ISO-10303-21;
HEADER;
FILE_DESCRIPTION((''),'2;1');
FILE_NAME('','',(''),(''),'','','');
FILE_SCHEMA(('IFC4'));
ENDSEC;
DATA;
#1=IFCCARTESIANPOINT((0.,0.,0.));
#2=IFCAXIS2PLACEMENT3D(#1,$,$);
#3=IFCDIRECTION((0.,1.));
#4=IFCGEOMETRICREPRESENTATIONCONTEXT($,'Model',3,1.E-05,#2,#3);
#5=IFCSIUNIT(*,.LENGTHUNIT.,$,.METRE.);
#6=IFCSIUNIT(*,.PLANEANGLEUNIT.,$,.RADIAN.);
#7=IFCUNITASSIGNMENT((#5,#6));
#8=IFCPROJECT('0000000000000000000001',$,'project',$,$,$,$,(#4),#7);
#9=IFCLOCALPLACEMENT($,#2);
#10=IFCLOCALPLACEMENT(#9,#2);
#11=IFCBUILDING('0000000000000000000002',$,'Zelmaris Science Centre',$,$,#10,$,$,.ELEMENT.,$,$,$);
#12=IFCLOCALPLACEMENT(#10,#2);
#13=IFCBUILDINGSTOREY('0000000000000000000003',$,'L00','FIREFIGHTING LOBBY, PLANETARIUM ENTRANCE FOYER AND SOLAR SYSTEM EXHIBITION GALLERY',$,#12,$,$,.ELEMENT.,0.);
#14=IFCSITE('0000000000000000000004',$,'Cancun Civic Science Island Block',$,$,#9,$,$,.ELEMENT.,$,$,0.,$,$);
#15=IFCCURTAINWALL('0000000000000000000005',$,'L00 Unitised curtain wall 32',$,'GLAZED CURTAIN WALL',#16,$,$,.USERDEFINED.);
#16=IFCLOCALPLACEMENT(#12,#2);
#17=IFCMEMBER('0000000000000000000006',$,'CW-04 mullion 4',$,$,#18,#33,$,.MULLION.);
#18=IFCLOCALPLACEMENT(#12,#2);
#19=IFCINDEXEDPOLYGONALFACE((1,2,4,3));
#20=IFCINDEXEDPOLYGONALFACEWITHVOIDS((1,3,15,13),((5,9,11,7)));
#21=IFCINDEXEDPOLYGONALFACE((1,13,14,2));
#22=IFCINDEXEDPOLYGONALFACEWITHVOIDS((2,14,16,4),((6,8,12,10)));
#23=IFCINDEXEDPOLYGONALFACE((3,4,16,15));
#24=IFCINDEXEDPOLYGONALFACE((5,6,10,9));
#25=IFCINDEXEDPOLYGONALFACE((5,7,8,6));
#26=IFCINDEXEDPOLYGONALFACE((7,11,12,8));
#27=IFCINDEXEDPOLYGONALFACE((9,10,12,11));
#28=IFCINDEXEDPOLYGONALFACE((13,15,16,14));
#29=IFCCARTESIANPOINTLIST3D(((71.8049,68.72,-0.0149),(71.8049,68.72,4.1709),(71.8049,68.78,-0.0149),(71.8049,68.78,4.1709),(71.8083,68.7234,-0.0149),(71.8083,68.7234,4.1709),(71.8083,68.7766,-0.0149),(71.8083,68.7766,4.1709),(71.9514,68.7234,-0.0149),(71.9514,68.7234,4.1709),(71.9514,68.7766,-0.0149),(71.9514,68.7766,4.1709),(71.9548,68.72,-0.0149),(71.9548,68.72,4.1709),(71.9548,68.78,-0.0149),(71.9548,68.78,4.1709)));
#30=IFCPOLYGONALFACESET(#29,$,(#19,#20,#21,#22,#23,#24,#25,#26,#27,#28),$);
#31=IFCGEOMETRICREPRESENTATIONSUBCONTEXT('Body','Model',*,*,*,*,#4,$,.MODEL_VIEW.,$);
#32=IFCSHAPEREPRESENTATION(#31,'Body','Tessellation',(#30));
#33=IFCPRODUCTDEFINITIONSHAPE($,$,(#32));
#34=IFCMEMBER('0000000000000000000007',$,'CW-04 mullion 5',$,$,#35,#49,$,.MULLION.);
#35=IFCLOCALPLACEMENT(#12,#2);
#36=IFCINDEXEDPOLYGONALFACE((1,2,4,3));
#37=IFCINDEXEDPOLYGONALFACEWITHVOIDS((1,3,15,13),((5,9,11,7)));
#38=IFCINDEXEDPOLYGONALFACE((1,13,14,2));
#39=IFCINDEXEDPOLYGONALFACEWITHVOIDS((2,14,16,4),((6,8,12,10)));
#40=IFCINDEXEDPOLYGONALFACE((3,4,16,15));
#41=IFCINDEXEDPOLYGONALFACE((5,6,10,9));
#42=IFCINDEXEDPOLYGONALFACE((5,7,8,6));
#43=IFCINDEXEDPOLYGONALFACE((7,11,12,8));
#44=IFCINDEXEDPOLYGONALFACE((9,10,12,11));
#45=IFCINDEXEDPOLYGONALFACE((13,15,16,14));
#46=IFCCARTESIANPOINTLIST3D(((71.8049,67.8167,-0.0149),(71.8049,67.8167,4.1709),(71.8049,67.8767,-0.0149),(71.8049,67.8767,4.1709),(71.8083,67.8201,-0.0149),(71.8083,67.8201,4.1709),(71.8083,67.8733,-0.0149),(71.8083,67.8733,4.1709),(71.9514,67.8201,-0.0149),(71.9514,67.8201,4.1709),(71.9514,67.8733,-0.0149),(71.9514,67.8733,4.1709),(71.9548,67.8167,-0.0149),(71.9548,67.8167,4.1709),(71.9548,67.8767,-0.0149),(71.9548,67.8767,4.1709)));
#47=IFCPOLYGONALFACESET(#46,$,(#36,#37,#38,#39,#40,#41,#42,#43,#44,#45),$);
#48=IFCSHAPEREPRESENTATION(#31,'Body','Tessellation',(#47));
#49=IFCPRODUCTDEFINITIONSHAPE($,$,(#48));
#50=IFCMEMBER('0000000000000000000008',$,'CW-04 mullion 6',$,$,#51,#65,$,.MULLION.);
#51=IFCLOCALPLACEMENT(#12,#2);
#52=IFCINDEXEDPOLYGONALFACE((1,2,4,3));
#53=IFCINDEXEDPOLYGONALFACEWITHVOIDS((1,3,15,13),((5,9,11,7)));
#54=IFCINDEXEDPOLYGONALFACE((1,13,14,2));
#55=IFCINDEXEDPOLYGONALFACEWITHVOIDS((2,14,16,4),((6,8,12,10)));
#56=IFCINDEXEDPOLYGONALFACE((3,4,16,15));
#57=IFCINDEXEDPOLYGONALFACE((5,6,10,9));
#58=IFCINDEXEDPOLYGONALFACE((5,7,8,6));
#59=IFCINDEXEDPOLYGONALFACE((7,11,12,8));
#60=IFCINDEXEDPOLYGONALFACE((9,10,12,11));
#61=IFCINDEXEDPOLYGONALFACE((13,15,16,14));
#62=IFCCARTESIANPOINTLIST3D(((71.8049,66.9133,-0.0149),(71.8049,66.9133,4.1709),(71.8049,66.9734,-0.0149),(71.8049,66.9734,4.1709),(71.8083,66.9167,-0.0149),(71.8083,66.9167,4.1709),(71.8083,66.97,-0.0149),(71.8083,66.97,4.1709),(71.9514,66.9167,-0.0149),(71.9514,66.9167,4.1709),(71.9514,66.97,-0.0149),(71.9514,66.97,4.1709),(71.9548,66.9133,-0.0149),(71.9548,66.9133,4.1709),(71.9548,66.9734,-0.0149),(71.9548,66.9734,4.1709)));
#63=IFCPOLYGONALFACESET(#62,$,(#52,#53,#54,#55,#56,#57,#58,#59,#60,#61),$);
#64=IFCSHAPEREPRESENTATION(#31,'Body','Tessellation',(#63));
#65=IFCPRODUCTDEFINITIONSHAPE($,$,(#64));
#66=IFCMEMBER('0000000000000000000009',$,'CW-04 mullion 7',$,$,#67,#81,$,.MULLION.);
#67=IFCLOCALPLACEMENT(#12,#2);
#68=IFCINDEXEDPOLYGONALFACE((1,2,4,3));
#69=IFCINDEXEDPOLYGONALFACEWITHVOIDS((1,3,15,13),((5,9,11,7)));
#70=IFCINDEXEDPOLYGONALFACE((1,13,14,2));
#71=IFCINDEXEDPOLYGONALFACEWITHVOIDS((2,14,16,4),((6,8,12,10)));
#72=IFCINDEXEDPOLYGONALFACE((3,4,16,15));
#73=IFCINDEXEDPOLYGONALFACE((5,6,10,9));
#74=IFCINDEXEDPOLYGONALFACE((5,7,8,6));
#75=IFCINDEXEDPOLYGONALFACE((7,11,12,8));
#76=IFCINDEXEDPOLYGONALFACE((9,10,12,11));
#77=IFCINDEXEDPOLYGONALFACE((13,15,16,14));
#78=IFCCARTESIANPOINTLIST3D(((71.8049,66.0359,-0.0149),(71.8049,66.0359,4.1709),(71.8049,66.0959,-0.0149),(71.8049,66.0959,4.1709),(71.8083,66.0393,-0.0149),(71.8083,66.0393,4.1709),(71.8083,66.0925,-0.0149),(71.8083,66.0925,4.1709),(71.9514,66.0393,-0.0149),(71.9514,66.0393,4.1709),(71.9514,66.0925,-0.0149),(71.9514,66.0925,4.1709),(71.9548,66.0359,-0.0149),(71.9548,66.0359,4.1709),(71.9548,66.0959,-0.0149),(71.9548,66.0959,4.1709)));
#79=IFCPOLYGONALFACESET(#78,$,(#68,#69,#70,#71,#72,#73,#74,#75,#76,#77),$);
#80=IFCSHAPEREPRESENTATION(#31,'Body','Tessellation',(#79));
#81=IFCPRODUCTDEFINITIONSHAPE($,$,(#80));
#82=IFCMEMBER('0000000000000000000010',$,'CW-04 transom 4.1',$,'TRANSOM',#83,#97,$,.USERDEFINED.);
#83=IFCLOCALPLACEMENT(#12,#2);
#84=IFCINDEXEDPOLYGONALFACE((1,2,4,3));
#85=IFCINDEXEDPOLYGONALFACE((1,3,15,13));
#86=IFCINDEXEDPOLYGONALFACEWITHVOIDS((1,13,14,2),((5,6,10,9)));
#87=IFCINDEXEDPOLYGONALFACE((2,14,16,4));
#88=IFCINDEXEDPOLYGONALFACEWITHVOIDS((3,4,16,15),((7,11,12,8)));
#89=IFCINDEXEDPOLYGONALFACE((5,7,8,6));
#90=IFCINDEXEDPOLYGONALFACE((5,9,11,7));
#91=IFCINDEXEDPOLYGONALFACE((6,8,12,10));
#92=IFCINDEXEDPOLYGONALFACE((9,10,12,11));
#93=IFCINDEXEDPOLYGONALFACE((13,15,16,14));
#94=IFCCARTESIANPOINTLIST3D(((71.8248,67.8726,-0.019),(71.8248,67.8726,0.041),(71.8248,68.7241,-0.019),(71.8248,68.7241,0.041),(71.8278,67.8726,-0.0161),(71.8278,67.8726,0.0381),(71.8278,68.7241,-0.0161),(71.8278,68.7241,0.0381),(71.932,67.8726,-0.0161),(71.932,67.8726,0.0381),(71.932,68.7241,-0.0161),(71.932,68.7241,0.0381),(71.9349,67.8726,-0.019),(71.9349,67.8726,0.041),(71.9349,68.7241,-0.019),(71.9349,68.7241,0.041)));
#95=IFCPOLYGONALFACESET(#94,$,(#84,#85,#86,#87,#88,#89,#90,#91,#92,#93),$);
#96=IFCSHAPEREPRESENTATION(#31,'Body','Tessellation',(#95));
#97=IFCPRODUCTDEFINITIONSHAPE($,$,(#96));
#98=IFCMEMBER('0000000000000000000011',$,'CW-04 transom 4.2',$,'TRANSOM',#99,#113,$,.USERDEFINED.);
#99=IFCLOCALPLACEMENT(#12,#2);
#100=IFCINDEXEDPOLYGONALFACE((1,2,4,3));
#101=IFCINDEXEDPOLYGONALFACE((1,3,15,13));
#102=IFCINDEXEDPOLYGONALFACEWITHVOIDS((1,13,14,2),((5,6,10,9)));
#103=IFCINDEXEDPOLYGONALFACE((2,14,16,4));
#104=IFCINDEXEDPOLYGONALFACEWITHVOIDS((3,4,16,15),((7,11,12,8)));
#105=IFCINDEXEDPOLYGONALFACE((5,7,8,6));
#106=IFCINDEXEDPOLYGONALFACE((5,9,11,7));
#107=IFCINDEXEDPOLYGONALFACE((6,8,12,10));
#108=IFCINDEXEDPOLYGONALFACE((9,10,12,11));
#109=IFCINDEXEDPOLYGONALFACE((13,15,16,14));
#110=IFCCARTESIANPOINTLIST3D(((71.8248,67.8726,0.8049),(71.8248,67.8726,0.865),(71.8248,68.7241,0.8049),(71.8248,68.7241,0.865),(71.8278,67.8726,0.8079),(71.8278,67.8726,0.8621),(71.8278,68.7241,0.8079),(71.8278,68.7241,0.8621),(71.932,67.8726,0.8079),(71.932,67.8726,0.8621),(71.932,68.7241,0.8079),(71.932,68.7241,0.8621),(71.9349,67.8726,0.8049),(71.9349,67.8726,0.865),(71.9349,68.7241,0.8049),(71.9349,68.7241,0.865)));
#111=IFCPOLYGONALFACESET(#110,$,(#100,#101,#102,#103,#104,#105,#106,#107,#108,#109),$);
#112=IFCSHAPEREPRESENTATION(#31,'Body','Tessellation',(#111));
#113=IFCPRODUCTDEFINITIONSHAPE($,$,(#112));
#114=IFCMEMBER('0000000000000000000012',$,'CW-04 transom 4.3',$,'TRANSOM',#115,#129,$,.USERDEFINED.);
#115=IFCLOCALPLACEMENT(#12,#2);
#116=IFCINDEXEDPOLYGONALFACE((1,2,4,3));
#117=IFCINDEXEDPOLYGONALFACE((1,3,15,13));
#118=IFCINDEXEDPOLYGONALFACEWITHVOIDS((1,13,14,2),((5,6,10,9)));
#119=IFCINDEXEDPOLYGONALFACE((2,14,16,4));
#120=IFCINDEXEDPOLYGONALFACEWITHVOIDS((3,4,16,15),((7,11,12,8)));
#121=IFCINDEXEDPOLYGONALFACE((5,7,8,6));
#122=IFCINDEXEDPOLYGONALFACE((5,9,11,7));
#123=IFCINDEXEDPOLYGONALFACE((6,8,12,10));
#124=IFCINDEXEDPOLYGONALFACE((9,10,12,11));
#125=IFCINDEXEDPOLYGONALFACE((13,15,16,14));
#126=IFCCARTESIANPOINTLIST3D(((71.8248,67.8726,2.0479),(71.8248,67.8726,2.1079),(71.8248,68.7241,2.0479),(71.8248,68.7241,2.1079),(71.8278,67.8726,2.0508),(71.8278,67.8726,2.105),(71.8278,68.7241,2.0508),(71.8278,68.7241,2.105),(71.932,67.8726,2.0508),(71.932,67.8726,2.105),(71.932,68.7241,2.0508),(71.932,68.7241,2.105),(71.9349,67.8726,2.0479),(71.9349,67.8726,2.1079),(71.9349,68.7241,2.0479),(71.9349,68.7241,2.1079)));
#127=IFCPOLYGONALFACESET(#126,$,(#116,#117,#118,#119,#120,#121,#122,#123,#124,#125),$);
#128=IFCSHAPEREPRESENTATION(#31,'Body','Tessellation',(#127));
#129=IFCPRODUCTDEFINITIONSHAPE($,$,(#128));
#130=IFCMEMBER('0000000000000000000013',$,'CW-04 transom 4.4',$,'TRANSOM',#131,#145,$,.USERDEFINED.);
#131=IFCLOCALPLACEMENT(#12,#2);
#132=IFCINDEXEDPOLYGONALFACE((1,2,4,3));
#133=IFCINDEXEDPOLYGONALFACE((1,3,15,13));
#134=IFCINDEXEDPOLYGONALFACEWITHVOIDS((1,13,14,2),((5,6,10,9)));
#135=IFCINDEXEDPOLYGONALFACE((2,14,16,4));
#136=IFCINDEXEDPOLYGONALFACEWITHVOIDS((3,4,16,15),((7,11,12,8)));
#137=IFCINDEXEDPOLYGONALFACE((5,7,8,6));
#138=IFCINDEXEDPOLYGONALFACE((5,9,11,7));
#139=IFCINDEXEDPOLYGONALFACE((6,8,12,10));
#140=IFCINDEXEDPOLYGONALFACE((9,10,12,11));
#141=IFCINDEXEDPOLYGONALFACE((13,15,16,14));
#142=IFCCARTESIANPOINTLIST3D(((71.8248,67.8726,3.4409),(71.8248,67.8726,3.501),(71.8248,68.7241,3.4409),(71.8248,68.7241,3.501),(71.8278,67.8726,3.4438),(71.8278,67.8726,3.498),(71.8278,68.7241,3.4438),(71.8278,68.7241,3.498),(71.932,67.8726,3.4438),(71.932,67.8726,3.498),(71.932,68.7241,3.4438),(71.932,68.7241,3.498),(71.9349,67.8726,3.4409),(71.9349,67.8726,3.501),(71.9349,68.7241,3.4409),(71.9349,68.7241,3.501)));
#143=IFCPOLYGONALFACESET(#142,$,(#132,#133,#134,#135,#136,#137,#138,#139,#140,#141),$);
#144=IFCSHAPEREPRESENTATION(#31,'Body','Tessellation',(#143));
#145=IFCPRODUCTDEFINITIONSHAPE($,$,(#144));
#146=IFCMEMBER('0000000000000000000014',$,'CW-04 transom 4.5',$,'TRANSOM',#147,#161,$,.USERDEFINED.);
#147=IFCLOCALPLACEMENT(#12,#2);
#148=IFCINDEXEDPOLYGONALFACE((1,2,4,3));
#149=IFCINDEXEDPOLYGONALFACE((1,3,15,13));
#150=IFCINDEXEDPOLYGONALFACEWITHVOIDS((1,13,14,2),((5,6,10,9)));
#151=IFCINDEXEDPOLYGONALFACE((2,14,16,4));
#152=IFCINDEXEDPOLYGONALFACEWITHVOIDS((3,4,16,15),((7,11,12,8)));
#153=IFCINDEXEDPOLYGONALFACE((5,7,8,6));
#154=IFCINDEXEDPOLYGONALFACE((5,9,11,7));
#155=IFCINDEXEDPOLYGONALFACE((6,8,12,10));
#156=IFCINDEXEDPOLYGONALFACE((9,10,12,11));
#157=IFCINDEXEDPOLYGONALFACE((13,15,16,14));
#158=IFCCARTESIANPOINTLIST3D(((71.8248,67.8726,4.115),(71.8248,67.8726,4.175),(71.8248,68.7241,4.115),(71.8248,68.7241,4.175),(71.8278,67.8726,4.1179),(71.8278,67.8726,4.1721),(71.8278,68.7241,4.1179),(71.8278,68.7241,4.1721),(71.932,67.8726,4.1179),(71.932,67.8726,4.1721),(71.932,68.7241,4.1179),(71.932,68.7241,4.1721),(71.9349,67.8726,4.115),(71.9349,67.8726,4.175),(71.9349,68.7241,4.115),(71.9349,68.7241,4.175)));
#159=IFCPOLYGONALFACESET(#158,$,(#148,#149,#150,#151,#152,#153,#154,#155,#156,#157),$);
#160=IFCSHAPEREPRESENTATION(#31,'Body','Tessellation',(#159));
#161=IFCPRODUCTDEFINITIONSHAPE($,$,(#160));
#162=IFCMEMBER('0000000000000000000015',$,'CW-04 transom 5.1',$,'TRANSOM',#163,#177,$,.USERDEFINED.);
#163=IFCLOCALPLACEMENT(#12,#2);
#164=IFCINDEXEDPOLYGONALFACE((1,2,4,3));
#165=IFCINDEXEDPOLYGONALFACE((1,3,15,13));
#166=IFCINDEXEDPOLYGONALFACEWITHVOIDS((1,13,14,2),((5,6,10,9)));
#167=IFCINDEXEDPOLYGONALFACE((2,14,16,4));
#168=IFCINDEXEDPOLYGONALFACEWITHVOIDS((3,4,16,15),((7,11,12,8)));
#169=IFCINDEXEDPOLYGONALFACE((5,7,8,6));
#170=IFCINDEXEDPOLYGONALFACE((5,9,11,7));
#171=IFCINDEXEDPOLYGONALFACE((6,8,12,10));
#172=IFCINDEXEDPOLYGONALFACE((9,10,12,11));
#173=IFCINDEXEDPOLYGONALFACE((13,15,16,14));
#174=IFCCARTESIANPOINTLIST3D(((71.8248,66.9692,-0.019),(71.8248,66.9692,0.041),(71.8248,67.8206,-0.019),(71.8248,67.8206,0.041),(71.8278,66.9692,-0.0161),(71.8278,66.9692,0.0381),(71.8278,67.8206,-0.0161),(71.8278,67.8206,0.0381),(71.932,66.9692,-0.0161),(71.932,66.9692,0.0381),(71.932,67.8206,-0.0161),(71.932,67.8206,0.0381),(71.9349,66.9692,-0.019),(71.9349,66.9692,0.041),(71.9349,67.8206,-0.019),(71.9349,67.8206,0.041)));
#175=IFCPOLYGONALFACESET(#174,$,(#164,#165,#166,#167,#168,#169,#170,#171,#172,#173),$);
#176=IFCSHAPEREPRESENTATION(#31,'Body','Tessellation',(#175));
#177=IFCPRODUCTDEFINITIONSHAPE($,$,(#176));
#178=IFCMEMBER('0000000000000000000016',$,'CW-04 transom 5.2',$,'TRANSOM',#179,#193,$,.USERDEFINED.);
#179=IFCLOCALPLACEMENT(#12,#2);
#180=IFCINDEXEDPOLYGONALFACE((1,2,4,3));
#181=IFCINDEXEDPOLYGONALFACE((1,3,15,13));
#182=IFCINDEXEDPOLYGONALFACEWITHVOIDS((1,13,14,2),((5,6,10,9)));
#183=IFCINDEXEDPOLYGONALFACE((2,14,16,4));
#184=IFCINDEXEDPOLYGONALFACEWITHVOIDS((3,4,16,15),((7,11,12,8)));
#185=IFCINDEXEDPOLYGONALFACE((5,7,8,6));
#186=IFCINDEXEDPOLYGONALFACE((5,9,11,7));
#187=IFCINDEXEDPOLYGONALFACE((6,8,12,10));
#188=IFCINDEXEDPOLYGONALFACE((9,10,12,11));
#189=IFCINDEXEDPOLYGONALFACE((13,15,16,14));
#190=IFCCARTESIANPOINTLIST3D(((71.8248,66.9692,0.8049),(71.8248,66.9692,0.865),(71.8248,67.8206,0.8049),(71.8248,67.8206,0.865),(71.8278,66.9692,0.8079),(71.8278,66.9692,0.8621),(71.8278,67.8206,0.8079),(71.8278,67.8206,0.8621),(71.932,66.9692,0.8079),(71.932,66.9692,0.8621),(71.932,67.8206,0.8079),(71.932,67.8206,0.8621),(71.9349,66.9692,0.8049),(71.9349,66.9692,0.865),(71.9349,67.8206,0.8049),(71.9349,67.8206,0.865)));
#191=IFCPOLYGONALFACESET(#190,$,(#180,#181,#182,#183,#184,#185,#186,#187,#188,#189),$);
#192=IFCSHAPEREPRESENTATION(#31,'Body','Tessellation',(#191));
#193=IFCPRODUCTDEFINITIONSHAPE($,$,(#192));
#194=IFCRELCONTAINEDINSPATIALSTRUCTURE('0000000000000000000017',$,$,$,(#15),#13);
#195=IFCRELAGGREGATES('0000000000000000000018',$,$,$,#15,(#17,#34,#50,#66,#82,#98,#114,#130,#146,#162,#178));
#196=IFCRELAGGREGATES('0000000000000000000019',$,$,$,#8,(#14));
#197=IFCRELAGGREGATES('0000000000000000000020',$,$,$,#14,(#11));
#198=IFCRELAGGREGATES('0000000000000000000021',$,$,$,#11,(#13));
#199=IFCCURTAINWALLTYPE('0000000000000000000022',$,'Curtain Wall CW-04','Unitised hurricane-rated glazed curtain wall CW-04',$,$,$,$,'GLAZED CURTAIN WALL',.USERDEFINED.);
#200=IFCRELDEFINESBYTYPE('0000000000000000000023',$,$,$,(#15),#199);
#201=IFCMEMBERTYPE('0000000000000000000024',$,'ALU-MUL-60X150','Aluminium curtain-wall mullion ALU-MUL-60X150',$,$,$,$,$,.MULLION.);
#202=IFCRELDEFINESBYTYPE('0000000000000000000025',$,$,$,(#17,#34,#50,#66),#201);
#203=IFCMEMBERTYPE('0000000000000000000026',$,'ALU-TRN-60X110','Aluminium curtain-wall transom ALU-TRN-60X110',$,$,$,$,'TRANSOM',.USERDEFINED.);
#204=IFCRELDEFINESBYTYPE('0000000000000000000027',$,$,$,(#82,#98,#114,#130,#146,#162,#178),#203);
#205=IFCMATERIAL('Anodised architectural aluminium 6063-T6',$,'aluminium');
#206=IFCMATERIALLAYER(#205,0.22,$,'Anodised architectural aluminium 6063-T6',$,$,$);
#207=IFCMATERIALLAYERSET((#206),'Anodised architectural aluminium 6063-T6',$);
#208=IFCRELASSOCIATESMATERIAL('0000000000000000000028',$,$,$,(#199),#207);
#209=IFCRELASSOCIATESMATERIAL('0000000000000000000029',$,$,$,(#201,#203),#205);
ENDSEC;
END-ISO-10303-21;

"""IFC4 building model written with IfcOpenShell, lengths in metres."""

from ifc_helpers import new_model, si_unit, direction, frame, origin, origin_2d, place, context, subcontext, project, spatial, hollow_rectangle, extrude, material, layer, layer_set, material_profile, profile_set, type_object, element, aggregate, save


model = new_model("IFC4")

# Units and contexts
model_context = context("Model", 3, precision=1e-05, world=origin(), true_north=direction((0.0, 1.0)))
body_context = subcontext(model_context, "Body", "Model", "MODEL_VIEW")
ifc_project = project(units=[si_unit("LENGTHUNIT", "METRE"), si_unit("PLANEANGLEUNIT", "RADIAN")], contexts=[model_context])

# Site, building, storey
site_placement = place(None, origin())
site = spatial("IfcSite", under=ifc_project, at=site_placement, Name="Cancun Civic Science Island Block", CompositionType="ELEMENT", RefElevation=0.0)
building_placement = place(site_placement, origin())
building = spatial("IfcBuilding", under=site, at=building_placement, Name="Zelmaris Science Centre", CompositionType="ELEMENT")
storey_placement = place(building_placement, origin())
storey = spatial("IfcBuildingStorey", under=building, at=storey_placement, Name="L00", Description="FIREFIGHTING LOBBY, PLANETARIUM ENTRANCE FOYER AND SOLAR SYSTEM EXHIBITION GALLERY", CompositionType="ELEMENT", Elevation=0.0)

# Curtain wall, members
ifc_material_1 = material(Name="Anodised architectural aluminium 6063-T6", Category="aluminium")
ifc_layer_1 = layer(ifc_material_1, 0.22, Name="Anodised architectural aluminium 6063-T6")
ifc_layer_set_1 = layer_set([ifc_layer_1], Name="Anodised architectural aluminium 6063-T6")
curtain_wall_type = type_object("IfcCurtainWallType", Name="Curtain Wall CW-04", Description="Unitised hurricane-rated glazed curtain wall CW-04", ElementType="GLAZED CURTAIN WALL", PredefinedType="USERDEFINED", material=ifc_layer_set_1)
curtain_wall_placement = place(storey_placement, origin())
curtain_wall = element("IfcCurtainWall", 1, at=curtain_wall_placement, inside=storey, type_object=curtain_wall_type, Name="L00 Unitised curtain wall 32", ObjectType="GLAZED CURTAIN WALL", PredefinedType="USERDEFINED")
ifc_material_profile_1 = material_profile(ifc_material_1, hollow_rectangle(XDim=0.0601, YDim=0.1499, WallThickness=0.0034, at=origin_2d()), Name="ALU-MUL-60X150")
ifc_profile_set_1 = profile_set([ifc_material_profile_1], Name="Anodised architectural aluminium 6063-T6")
member_type_1 = type_object("IfcMemberType", Name="ALU-MUL-60X150", Description="Aluminium curtain-wall mullion ALU-MUL-60X150", PredefinedType="MULLION", material=ifc_profile_set_1)
member_1_placement = place(storey_placement, frame((71.8799, 68.75, -0.0149), z_axis=(0.0, 0.0, 1.0), x_axis=(0.0, -1.0, 0.0)))
member_1 = element("IfcMember", 2, at=member_1_placement, type_object=member_type_1, Name="CW-04 mullion 4", PredefinedType="MULLION", context=body_context, shape_type="SweptSolid", body=[
    extrude(hollow_rectangle(XDim=0.0601, YDim=0.1499, WallThickness=0.0034, at=origin_2d()), origin(), (0.0, 0.0, 1.0), 4.1858),
])
member_2_placement = place(storey_placement, frame((71.8799, 67.8467, -0.0149), z_axis=(0.0, 0.0, 1.0), x_axis=(0.0, -1.0, 0.0)))
member_2 = element("IfcMember", 3, at=member_2_placement, type_object=member_type_1, Name="CW-04 mullion 5", PredefinedType="MULLION", context=body_context, shape_type="SweptSolid", body=[
    extrude(hollow_rectangle(XDim=0.0601, YDim=0.1499, WallThickness=0.0034, at=origin_2d()), origin(), (0.0, 0.0, 1.0), 4.1858),
])
member_3_placement = place(storey_placement, frame((71.8799, 66.9434, -0.0149), z_axis=(0.0, 0.0, 1.0), x_axis=(0.0, -1.0, 0.0)))
member_3 = element("IfcMember", 4, at=member_3_placement, type_object=member_type_1, Name="CW-04 mullion 6", PredefinedType="MULLION", context=body_context, shape_type="SweptSolid", body=[
    extrude(hollow_rectangle(XDim=0.0601, YDim=0.1499, WallThickness=0.0034, at=origin_2d()), origin(), (0.0, 0.0, 1.0), 4.1858),
])
member_4_placement = place(storey_placement, frame((71.8799, 66.0659, -0.0149), z_axis=(0.0, 0.0, 1.0), x_axis=(0.0, -1.0, 0.0)))
member_4 = element("IfcMember", 5, at=member_4_placement, type_object=member_type_1, Name="CW-04 mullion 7", PredefinedType="MULLION", context=body_context, shape_type="SweptSolid", body=[
    extrude(hollow_rectangle(XDim=0.0601, YDim=0.1499, WallThickness=0.0034, at=origin_2d()), origin(), (0.0, 0.0, 1.0), 4.1858),
])
ifc_material_profile_2 = material_profile(ifc_material_1, hollow_rectangle(XDim=0.0601, YDim=0.1101, WallThickness=0.0029, at=origin_2d()), Name="ALU-TRN-60X110")
ifc_profile_set_2 = profile_set([ifc_material_profile_2], Name="Anodised architectural aluminium 6063-T6")
member_type_2 = type_object("IfcMemberType", Name="ALU-TRN-60X110", Description="Aluminium curtain-wall transom ALU-TRN-60X110", ElementType="TRANSOM", PredefinedType="USERDEFINED", material=ifc_profile_set_2)
member_5_placement = place(storey_placement, frame((71.8799, 68.7241, 0.011), z_axis=(0.0, -1.0, 0.0), x_axis=(0.0, 0.0, 1.0)))
member_5 = element("IfcMember", 6, at=member_5_placement, type_object=member_type_2, Name="CW-04 transom 4.1", ObjectType="TRANSOM", PredefinedType="USERDEFINED", context=body_context, shape_type="SweptSolid", body=[
    extrude(hollow_rectangle(XDim=0.0601, YDim=0.1101, WallThickness=0.0029, at=origin_2d()), origin(), (0.0, 0.0, 1.0), 0.8516),
])
member_6_placement = place(storey_placement, frame((71.8799, 68.7241, 0.835), z_axis=(0.0, -1.0, 0.0), x_axis=(0.0, 0.0, 1.0)))
member_6 = element("IfcMember", 7, at=member_6_placement, type_object=member_type_2, Name="CW-04 transom 4.2", ObjectType="TRANSOM", PredefinedType="USERDEFINED", context=body_context, shape_type="SweptSolid", body=[
    extrude(hollow_rectangle(XDim=0.0601, YDim=0.1101, WallThickness=0.0029, at=origin_2d()), origin(), (0.0, 0.0, 1.0), 0.8516),
])
member_7_placement = place(storey_placement, frame((71.8799, 68.7241, 2.0779), z_axis=(0.0, -1.0, 0.0), x_axis=(0.0, 0.0, 1.0)))
member_7 = element("IfcMember", 8, at=member_7_placement, type_object=member_type_2, Name="CW-04 transom 4.3", ObjectType="TRANSOM", PredefinedType="USERDEFINED", context=body_context, shape_type="SweptSolid", body=[
    extrude(hollow_rectangle(XDim=0.0601, YDim=0.1101, WallThickness=0.0029, at=origin_2d()), origin(), (0.0, 0.0, 1.0), 0.8516),
])
member_8_placement = place(storey_placement, frame((71.8799, 68.7241, 3.4709), z_axis=(0.0, -1.0, 0.0), x_axis=(0.0, 0.0, 1.0)))
member_8 = element("IfcMember", 9, at=member_8_placement, type_object=member_type_2, Name="CW-04 transom 4.4", ObjectType="TRANSOM", PredefinedType="USERDEFINED", context=body_context, shape_type="SweptSolid", body=[
    extrude(hollow_rectangle(XDim=0.0601, YDim=0.1101, WallThickness=0.0029, at=origin_2d()), origin(), (0.0, 0.0, 1.0), 0.8516),
])
member_9_placement = place(storey_placement, frame((71.8799, 68.7241, 4.145), z_axis=(0.0, -1.0, 0.0), x_axis=(0.0, 0.0, 1.0)))
member_9 = element("IfcMember", 10, at=member_9_placement, type_object=member_type_2, Name="CW-04 transom 4.5", ObjectType="TRANSOM", PredefinedType="USERDEFINED", context=body_context, shape_type="SweptSolid", body=[
    extrude(hollow_rectangle(XDim=0.0601, YDim=0.1101, WallThickness=0.0029, at=origin_2d()), origin(), (0.0, 0.0, 1.0), 0.8516),
])
member_10_placement = place(storey_placement, frame((71.8799, 67.8206, 0.011), z_axis=(0.0, -1.0, 0.0), x_axis=(0.0, 0.0, 1.0)))
member_10 = element("IfcMember", 11, at=member_10_placement, type_object=member_type_2, Name="CW-04 transom 5.1", ObjectType="TRANSOM", PredefinedType="USERDEFINED", context=body_context, shape_type="SweptSolid", body=[
    extrude(hollow_rectangle(XDim=0.0601, YDim=0.1101, WallThickness=0.0029, at=origin_2d()), origin(), (0.0, 0.0, 1.0), 0.8513),
])
member_11_placement = place(storey_placement, frame((71.8799, 67.8206, 0.835), z_axis=(0.0, -1.0, 0.0), x_axis=(0.0, 0.0, 1.0)))
member_11 = element("IfcMember", 12, at=member_11_placement, type_object=member_type_2, Name="CW-04 transom 5.2", ObjectType="TRANSOM", PredefinedType="USERDEFINED", context=body_context, shape_type="SweptSolid", body=[
    extrude(hollow_rectangle(XDim=0.0601, YDim=0.1101, WallThickness=0.0029, at=origin_2d()), origin(), (0.0, 0.0, 1.0), 0.8513),
])

aggregate(curtain_wall, [member_1, member_2, member_3, member_4, member_5, member_6, member_7, member_8, member_9, member_10, member_11])

save(model, "model.ifc")
